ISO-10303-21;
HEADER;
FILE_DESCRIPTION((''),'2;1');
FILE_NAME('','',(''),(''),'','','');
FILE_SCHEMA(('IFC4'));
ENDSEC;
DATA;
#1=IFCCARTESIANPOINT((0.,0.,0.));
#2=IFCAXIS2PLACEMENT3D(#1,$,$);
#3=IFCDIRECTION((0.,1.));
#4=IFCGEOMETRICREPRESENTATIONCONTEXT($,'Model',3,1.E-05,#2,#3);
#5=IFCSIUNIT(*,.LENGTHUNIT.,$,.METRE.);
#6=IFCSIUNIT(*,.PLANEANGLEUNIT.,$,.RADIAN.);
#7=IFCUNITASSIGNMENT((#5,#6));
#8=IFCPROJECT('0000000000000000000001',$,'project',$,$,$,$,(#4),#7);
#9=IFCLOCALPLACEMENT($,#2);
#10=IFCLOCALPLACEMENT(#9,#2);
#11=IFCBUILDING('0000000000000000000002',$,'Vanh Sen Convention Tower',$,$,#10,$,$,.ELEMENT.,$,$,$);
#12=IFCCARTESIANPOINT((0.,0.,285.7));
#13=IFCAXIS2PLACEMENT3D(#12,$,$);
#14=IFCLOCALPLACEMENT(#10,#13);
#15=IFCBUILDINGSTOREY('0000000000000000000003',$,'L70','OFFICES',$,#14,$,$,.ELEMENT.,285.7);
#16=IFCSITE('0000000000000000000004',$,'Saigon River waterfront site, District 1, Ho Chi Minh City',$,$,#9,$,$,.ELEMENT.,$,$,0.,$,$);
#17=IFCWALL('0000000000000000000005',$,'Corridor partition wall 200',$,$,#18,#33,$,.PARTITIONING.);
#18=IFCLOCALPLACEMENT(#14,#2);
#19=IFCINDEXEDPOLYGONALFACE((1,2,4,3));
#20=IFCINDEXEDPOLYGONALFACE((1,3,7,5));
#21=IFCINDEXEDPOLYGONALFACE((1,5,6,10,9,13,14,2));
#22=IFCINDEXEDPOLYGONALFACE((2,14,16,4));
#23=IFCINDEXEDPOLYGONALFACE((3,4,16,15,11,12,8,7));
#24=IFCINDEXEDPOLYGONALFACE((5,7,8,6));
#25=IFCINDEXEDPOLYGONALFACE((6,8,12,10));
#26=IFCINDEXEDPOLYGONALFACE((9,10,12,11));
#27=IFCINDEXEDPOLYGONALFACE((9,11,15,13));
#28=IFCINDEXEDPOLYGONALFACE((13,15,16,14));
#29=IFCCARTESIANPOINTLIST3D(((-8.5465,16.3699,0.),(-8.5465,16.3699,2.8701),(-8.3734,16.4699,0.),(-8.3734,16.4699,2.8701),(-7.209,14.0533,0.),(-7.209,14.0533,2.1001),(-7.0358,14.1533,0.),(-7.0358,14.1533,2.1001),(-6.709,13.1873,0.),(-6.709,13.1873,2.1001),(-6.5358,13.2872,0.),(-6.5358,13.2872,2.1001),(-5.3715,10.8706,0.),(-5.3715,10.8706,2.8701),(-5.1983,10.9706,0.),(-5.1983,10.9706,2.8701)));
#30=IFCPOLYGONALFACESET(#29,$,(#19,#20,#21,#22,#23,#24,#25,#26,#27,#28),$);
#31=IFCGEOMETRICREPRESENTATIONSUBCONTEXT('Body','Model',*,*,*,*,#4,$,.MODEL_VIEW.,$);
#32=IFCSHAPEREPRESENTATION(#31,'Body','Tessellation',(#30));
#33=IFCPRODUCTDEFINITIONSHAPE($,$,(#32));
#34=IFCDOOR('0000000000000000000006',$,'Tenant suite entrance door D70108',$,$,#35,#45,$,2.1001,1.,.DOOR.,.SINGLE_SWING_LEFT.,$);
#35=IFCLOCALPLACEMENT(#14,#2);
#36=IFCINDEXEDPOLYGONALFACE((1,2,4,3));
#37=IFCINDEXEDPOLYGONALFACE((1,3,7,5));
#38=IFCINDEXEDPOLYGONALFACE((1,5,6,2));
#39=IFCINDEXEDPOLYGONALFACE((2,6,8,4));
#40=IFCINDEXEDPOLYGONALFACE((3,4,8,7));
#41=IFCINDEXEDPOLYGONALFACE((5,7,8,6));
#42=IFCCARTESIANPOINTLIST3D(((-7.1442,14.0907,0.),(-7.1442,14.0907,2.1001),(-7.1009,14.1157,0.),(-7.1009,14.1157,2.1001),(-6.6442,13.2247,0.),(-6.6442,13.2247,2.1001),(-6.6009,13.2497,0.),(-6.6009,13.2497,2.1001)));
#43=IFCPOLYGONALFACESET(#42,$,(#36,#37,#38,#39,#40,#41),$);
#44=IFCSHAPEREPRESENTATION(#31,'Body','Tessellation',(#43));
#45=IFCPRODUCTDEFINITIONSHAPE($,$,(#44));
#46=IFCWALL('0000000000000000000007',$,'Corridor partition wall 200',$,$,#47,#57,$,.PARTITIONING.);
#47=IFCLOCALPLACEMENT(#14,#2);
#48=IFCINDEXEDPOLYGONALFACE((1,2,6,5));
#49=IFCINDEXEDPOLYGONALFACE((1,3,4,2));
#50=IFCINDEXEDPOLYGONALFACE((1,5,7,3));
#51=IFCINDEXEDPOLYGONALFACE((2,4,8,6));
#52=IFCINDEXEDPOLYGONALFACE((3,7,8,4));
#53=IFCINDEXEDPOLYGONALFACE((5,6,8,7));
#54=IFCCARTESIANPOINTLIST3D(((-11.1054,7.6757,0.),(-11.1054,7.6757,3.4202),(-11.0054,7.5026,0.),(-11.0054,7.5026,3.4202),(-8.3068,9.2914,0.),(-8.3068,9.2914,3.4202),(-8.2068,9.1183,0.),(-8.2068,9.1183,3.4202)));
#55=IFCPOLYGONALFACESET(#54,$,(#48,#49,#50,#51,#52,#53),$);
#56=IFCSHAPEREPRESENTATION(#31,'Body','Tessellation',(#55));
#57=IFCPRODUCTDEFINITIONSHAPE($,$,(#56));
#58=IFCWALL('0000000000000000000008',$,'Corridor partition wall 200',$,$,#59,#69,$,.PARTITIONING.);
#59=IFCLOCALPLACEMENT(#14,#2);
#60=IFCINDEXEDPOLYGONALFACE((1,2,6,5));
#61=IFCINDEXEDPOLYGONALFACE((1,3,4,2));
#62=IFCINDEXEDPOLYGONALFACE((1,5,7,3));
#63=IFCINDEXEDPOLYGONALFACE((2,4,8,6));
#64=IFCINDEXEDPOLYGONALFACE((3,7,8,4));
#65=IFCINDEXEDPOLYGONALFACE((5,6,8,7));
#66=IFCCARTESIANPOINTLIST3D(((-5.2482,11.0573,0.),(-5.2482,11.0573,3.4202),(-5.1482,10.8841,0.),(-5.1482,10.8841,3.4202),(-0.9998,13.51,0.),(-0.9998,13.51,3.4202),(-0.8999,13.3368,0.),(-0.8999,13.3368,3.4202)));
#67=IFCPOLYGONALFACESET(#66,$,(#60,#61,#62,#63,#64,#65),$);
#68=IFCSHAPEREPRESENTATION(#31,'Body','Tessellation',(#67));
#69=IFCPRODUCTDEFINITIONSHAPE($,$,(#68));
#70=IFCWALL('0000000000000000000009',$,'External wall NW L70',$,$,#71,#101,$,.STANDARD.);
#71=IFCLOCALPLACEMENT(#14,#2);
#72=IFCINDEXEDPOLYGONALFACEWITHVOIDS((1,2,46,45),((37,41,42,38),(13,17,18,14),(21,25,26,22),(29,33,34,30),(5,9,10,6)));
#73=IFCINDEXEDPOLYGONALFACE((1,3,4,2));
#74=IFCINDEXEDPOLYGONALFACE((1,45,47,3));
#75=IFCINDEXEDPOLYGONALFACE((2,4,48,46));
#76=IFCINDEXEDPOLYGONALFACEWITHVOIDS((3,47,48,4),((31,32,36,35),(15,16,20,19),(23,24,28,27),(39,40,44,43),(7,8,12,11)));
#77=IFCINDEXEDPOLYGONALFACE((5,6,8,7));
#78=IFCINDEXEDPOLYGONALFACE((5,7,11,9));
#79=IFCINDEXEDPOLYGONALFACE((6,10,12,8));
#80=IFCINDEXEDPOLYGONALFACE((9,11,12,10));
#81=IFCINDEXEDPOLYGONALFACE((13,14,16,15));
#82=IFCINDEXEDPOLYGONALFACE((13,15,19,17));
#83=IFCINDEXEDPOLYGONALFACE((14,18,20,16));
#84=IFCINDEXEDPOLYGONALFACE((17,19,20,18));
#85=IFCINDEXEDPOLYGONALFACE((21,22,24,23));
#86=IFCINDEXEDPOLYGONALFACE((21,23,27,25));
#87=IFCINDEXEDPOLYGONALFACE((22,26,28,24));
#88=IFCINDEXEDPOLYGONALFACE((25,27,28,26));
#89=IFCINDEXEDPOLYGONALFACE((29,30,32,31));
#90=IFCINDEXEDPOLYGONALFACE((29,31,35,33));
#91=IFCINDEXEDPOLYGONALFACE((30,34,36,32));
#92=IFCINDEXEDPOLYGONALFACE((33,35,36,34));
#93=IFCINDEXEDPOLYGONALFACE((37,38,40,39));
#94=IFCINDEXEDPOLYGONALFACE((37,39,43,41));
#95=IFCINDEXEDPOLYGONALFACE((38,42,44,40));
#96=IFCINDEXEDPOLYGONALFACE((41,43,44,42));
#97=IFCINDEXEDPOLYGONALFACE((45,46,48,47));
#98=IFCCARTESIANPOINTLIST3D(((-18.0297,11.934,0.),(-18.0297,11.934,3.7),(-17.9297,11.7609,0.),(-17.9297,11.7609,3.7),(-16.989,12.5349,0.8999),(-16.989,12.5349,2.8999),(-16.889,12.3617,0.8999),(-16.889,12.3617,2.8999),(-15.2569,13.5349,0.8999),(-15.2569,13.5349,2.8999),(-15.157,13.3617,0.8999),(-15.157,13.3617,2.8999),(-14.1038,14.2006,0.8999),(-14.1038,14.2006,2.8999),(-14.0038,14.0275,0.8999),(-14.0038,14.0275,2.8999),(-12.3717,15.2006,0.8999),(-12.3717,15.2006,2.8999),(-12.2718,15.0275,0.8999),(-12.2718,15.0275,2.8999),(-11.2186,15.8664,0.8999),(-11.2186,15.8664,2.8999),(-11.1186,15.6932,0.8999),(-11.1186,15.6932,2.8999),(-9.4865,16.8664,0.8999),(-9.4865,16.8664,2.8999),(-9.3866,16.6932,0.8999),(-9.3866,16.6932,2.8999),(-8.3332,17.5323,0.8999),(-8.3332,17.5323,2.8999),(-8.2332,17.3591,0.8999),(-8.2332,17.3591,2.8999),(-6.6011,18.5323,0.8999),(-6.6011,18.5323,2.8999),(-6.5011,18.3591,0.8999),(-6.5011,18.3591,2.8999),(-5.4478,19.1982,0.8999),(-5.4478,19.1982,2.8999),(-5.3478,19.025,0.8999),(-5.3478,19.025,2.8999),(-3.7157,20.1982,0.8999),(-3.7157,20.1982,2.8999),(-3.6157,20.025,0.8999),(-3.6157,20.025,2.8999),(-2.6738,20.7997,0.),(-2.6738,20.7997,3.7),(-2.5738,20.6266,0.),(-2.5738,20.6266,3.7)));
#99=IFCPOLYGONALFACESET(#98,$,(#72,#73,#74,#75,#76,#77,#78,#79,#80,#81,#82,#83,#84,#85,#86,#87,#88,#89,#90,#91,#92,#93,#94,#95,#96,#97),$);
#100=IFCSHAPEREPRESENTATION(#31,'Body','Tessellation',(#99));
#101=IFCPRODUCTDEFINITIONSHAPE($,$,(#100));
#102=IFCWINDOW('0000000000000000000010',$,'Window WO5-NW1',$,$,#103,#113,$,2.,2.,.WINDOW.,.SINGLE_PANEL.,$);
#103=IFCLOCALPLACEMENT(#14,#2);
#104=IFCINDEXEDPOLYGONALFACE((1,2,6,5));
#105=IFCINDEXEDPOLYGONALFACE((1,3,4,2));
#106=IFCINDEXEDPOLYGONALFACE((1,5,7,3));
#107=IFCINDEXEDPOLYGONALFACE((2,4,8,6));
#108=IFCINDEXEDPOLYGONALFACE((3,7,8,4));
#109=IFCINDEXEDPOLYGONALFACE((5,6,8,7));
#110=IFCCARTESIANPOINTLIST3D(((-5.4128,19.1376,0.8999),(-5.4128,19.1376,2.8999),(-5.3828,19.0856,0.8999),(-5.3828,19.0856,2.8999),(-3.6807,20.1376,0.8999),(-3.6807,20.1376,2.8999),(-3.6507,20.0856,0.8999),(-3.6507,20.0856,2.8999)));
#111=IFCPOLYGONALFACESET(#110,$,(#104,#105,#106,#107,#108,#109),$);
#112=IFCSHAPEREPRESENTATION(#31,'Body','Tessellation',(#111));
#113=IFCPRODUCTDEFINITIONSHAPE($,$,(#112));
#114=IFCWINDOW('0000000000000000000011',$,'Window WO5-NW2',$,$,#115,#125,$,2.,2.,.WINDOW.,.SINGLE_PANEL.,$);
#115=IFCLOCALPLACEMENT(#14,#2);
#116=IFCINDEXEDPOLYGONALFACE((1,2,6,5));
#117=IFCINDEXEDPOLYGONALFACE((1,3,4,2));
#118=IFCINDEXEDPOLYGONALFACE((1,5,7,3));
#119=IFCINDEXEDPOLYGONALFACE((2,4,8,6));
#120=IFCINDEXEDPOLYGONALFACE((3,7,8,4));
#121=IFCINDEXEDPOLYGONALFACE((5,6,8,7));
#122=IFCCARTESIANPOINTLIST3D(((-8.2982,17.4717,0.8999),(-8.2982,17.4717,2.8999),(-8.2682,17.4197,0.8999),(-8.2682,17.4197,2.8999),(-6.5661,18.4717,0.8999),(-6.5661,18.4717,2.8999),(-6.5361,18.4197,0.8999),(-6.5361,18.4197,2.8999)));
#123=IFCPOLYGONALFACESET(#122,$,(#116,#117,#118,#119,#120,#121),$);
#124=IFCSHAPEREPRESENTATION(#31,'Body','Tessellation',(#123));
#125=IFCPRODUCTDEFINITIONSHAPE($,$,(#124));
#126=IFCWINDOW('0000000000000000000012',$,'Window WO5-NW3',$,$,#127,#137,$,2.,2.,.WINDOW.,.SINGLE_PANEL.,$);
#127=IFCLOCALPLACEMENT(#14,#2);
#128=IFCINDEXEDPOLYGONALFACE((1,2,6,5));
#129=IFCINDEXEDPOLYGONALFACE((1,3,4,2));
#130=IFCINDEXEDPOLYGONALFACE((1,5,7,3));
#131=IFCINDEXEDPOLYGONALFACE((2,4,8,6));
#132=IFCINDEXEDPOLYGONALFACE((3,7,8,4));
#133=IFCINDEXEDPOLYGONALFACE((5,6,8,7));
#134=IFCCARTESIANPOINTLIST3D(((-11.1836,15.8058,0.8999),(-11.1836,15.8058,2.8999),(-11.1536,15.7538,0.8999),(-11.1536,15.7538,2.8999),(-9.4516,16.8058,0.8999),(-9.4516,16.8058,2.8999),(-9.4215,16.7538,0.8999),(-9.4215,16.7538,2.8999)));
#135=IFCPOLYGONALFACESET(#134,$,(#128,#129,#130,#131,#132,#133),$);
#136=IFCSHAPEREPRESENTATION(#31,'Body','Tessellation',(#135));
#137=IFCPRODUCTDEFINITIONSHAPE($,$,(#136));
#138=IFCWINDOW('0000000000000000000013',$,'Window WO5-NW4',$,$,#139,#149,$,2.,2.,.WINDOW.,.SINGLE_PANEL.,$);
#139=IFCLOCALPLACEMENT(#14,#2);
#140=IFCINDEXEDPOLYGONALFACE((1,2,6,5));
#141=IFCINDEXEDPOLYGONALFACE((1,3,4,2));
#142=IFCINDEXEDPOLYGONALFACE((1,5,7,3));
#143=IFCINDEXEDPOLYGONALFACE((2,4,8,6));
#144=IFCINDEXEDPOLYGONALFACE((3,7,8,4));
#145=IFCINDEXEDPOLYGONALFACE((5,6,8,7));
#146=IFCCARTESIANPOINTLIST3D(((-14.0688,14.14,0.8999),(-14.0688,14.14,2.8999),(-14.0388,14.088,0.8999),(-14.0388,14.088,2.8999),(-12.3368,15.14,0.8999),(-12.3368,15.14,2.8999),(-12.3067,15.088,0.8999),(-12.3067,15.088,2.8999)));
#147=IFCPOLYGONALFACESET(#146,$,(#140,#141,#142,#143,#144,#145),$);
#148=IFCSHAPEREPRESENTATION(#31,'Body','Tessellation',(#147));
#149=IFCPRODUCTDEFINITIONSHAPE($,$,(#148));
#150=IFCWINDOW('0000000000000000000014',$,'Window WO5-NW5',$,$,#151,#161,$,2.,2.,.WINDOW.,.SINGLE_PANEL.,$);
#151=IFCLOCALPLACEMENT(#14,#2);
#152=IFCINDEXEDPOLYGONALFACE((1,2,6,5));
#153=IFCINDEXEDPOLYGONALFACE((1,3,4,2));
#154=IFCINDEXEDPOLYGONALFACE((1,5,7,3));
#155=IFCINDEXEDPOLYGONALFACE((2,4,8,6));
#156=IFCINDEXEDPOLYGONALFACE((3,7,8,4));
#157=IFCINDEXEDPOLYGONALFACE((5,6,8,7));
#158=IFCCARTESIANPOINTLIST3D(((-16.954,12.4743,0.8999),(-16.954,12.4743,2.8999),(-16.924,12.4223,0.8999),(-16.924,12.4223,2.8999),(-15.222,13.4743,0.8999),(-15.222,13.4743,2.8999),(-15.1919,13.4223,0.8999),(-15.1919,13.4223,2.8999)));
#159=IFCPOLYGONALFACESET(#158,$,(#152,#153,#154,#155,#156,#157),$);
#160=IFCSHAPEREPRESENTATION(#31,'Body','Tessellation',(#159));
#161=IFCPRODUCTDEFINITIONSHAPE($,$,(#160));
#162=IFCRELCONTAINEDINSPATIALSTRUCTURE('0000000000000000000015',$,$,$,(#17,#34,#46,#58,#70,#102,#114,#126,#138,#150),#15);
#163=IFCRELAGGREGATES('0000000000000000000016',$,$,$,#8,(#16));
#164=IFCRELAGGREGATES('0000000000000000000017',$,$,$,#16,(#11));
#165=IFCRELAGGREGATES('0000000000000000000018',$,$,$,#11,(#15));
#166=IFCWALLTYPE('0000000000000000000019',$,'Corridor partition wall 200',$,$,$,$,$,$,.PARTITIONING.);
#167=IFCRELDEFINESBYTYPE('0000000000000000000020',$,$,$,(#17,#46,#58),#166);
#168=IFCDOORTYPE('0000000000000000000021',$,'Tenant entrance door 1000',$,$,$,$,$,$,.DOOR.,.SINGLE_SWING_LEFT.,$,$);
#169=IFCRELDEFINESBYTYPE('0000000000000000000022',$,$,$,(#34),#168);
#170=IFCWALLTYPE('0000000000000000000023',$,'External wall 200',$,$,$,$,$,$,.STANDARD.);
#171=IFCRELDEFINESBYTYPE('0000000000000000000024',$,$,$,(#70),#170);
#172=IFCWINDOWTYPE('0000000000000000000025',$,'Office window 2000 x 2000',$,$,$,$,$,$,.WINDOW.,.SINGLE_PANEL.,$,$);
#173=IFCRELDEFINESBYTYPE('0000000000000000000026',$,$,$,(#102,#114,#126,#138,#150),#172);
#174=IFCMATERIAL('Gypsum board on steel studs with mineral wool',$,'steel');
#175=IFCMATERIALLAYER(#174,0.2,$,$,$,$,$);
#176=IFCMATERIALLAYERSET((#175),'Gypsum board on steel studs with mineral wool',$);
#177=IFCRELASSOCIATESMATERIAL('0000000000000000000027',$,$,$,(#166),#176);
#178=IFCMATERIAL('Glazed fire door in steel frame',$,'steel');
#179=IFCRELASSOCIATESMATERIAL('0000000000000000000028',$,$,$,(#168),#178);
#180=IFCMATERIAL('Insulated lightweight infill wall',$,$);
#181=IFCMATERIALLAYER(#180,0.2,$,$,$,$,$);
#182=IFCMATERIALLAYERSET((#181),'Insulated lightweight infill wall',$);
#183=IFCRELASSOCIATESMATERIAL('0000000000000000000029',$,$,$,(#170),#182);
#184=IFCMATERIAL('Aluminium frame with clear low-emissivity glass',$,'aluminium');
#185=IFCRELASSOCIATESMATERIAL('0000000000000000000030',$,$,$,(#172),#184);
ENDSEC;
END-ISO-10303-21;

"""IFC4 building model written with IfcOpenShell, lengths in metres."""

from ifc_helpers import new_model, si_unit, direction, frame, frame_2d, origin, place, context, subcontext, project, spatial, rectangle, extrude, material, layer, layer_set, type_object, element, fill, save


model = new_model("IFC4")

# Units and contexts
model_context = context("Model", 3, precision=1e-05, world=origin(), true_north=direction((0.0, 1.0)))
body_context = subcontext(model_context, "Body", "Model", "MODEL_VIEW")
ifc_project = project(units=[si_unit("LENGTHUNIT", "METRE"), si_unit("PLANEANGLEUNIT", "RADIAN")], contexts=[model_context])

# Site, building, storey
site_placement = place(None, origin())
site = spatial("IfcSite", under=ifc_project, at=site_placement, Name="Saigon River waterfront site, District 1, Ho Chi Minh City", CompositionType="ELEMENT", RefElevation=0.0)
building_placement = place(site_placement, origin())
building = spatial("IfcBuilding", under=site, at=building_placement, Name="Vanh Sen Convention Tower", CompositionType="ELEMENT")
storey_placement = place(building_placement, frame((0.0, 0.0, 285.7)))
storey = spatial("IfcBuildingStorey", under=building, at=storey_placement, Name="L70", Description="OFFICES", CompositionType="ELEMENT", Elevation=285.7)

# Wall, opening, door
ifc_material_1 = material(Name="Gypsum board on steel studs with mineral wool", Category="steel")
ifc_layer_1 = layer(ifc_material_1, 0.2)
ifc_layer_set_1 = layer_set([ifc_layer_1], Name="Gypsum board on steel studs with mineral wool")
wall_type_1 = type_object("IfcWallType", Name="Corridor partition wall 200", PredefinedType="PARTITIONING", material=ifc_layer_set_1)
wall_1_placement = place(storey_placement, frame((-8.46, 16.4199, 0.0), z_axis=(0.0, 0.0, 1.0), x_axis=(0.500005, -0.866022, 0.0)))
wall_1 = element("IfcWall", 1, at=wall_1_placement, inside=storey, type_object=wall_type_1, Name="Corridor partition wall 200", PredefinedType="PARTITIONING", context=body_context, shape_type="SweptSolid", body=[
    extrude(rectangle(XDim=6.3501, YDim=0.2, at=frame_2d((3.175, 0.0))), origin(), (0.0, 0.0, 1.0), 2.8701),
])
opening_1_placement = place(wall_1_placement, frame((2.675, 0.0, 0.0)))
opening_1 = element("IfcOpeningElement", 2, at=opening_1_placement, cuts=wall_1, PredefinedType="OPENING", context=body_context, shape_type="SweptSolid", body=[
    extrude(rectangle(XDim=1.0, YDim=2.1001, at=frame_2d((0.5, 1.05))), frame((0.0, 0.1099, 0.0), z_axis=(0.0, -1.0, 0.0), x_axis=(1.0, 0.0, 0.0)), (0.0, 0.0, 1.0), 0.22),
])
ifc_material_2 = material(Name="Glazed fire door in steel frame", Category="steel")
door_type = type_object("IfcDoorType", Name="Tenant entrance door 1000", OperationType="SINGLE_SWING_LEFT", PredefinedType="DOOR", material=ifc_material_2)
door_placement = place(opening_1_placement, origin())
door = element("IfcDoor", 3, at=door_placement, inside=storey, type_object=door_type, Name="Tenant suite entrance door D70108", OperationType="SINGLE_SWING_LEFT", OverallHeight=2.1001, OverallWidth=1.0, PredefinedType="DOOR", context=body_context, shape_type="SweptSolid", body=[
    extrude(rectangle(XDim=1.0, YDim=2.1001, at=frame_2d((0.5, 1.05))), frame((0.0, 0.0249, 0.0), z_axis=(0.0, -1.0, 0.0), x_axis=(1.0, 0.0, 0.0)), (0.0, 0.0, 1.0), 0.05),
])
fill(opening_1, door)

# Walls
wall_2_placement = place(storey_placement, frame((-8.2568, 9.2048, 0.0), z_axis=(0.0, 0.0, 1.0), x_axis=(-0.866031, -0.499991, 0.0)))
element("IfcWall", 4, at=wall_2_placement, inside=storey, type_object=wall_type_1, Name="Corridor partition wall 200", PredefinedType="PARTITIONING", context=body_context, shape_type="SweptSolid", body=[
    extrude(rectangle(XDim=3.2314, YDim=0.2, at=frame_2d((1.6157, 0.0))), origin(), (0.0, 0.0, 1.0), 3.4202),
])
wall_3_placement = place(storey_placement, frame((-0.95, 13.4233, 0.0), z_axis=(0.0, 0.0, 1.0), x_axis=(-0.866036, -0.499982, 0.0)))
element("IfcWall", 5, at=wall_3_placement, inside=storey, type_object=wall_type_1, Name="Corridor partition wall 200", PredefinedType="PARTITIONING", context=body_context, shape_type="SweptSolid", body=[
    extrude(rectangle(XDim=4.9055, YDim=0.2, at=frame_2d((2.4526, 0.0))), origin(), (0.0, 0.0, 1.0), 3.4202),
])

# Wall, openings, windows
ifc_material_3 = material(Name="Insulated lightweight infill wall")
ifc_layer_2 = layer(ifc_material_3, 0.2)
ifc_layer_set_2 = layer_set([ifc_layer_2], Name="Insulated lightweight infill wall")
wall_type_2 = type_object("IfcWallType", Name="External wall 200", PredefinedType="STANDARD", material=ifc_layer_set_2)
wall_4_placement = place(storey_placement, frame((-2.6238, 20.7131, 0.0), z_axis=(0.0, 0.0, 1.0), x_axis=(-0.866026, -0.499998, 0.0)))
wall_4 = element("IfcWall", 6, at=wall_4_placement, inside=storey, type_object=wall_type_2, Name="External wall NW L70", PredefinedType="STANDARD", context=body_context, shape_type="SweptSolid", body=[
    extrude(rectangle(XDim=17.7314, YDim=0.2, at=frame_2d((8.8657, 0.0))), origin(), (0.0, 0.0, 1.0), 3.7),
])
opening_2_placement = place(wall_4_placement, frame((1.2031, 0.0, 0.8999)))
opening_2 = element("IfcOpeningElement", 7, at=opening_2_placement, cuts=wall_4, PredefinedType="OPENING", context=body_context, shape_type="SweptSolid", body=[
    extrude(rectangle(XDim=2.0, YDim=2.0, at=frame_2d((1.0, 1.0))), frame((0.0, 0.1099, 0.0), z_axis=(0.0, -1.0, 0.0), x_axis=(1.0, 0.0, 0.0)), (0.0, 0.0, 1.0), 0.22),
])
opening_3_placement = place(wall_4_placement, frame((4.5349, 0.0, 0.8999)))
opening_3 = element("IfcOpeningElement", 8, at=opening_3_placement, cuts=wall_4, PredefinedType="OPENING", context=body_context, shape_type="SweptSolid", body=[
    extrude(rectangle(XDim=2.0, YDim=2.0, at=frame_2d((1.0, 1.0))), frame((0.0, 0.1099, 0.0), z_axis=(0.0, -1.0, 0.0), x_axis=(1.0, 0.0, 0.0)), (0.0, 0.0, 1.0), 0.22),
])
opening_4_placement = place(wall_4_placement, frame((7.8667, 0.0, 0.8999)))
opening_4 = element("IfcOpeningElement", 9, at=opening_4_placement, cuts=wall_4, PredefinedType="OPENING", context=body_context, shape_type="SweptSolid", body=[
    extrude(rectangle(XDim=2.0, YDim=2.0, at=frame_2d((1.0, 1.0))), frame((0.0, 0.1099, 0.0), z_axis=(0.0, -1.0, 0.0), x_axis=(1.0, 0.0, 0.0)), (0.0, 0.0, 1.0), 0.22),
])
opening_5_placement = place(wall_4_placement, frame((11.1982, 0.0, 0.8999)))
opening_5 = element("IfcOpeningElement", 10, at=opening_5_placement, cuts=wall_4, PredefinedType="OPENING", context=body_context, shape_type="SweptSolid", body=[
    extrude(rectangle(XDim=2.0, YDim=2.0, at=frame_2d((1.0, 1.0))), frame((0.0, 0.1099, 0.0), z_axis=(0.0, -1.0, 0.0), x_axis=(1.0, 0.0, 0.0)), (0.0, 0.0, 1.0), 0.22),
])
opening_6_placement = place(wall_4_placement, frame((14.5298, 0.0, 0.8999)))
opening_6 = element("IfcOpeningElement", 11, at=opening_6_placement, cuts=wall_4, PredefinedType="OPENING", context=body_context, shape_type="SweptSolid", body=[
    extrude(rectangle(XDim=2.0, YDim=2.0, at=frame_2d((1.0, 1.0))), frame((0.0, 0.1099, 0.0), z_axis=(0.0, -1.0, 0.0), x_axis=(1.0, 0.0, 0.0)), (0.0, 0.0, 1.0), 0.22),
])
ifc_material_4 = material(Name="Aluminium frame with clear low-emissivity glass", Category="aluminium")
window_type = type_object("IfcWindowType", Name="Office window 2000 x 2000", PartitioningType="SINGLE_PANEL", PredefinedType="WINDOW", material=ifc_material_4)
window_1_placement = place(opening_2_placement, origin())
window_1 = element("IfcWindow", 12, at=window_1_placement, inside=storey, type_object=window_type, Name="Window WO5-NW1", OverallHeight=2.0, OverallWidth=2.0, PartitioningType="SINGLE_PANEL", PredefinedType="WINDOW", context=body_context, shape_type="SweptSolid", body=[
    extrude(rectangle(XDim=2.0, YDim=2.0, at=frame_2d((1.0, 1.0))), frame((0.0, 0.03, 0.0), z_axis=(0.0, -1.0, 0.0), x_axis=(1.0, 0.0, 0.0)), (0.0, 0.0, 1.0), 0.0601),
])
fill(opening_2, window_1)
window_2_placement = place(opening_3_placement, origin())
window_2 = element("IfcWindow", 13, at=window_2_placement, inside=storey, type_object=window_type, Name="Window WO5-NW2", OverallHeight=2.0, OverallWidth=2.0, PartitioningType="SINGLE_PANEL", PredefinedType="WINDOW", context=body_context, shape_type="SweptSolid", body=[
    extrude(rectangle(XDim=2.0, YDim=2.0, at=frame_2d((1.0, 1.0))), frame((0.0, 0.03, 0.0), z_axis=(0.0, -1.0, 0.0), x_axis=(1.0, 0.0, 0.0)), (0.0, 0.0, 1.0), 0.0601),
])
fill(opening_3, window_2)
window_3_placement = place(opening_4_placement, origin())
window_3 = element("IfcWindow", 14, at=window_3_placement, inside=storey, type_object=window_type, Name="Window WO5-NW3", OverallHeight=2.0, OverallWidth=2.0, PartitioningType="SINGLE_PANEL", PredefinedType="WINDOW", context=body_context, shape_type="SweptSolid", body=[
    extrude(rectangle(XDim=2.0, YDim=2.0, at=frame_2d((1.0, 1.0))), frame((0.0, 0.03, 0.0), z_axis=(0.0, -1.0, 0.0), x_axis=(1.0, 0.0, 0.0)), (0.0, 0.0, 1.0), 0.0601),
])
fill(opening_4, window_3)
window_4_placement = place(opening_5_placement, origin())
window_4 = element("IfcWindow", 15, at=window_4_placement, inside=storey, type_object=window_type, Name="Window WO5-NW4", OverallHeight=2.0, OverallWidth=2.0, PartitioningType="SINGLE_PANEL", PredefinedType="WINDOW", context=body_context, shape_type="SweptSolid", body=[
    extrude(rectangle(XDim=2.0, YDim=2.0, at=frame_2d((1.0, 1.0))), frame((0.0, 0.03, 0.0), z_axis=(0.0, -1.0, 0.0), x_axis=(1.0, 0.0, 0.0)), (0.0, 0.0, 1.0), 0.0601),
])
fill(opening_5, window_4)
window_5_placement = place(opening_6_placement, origin())
window_5 = element("IfcWindow", 16, at=window_5_placement, inside=storey, type_object=window_type, Name="Window WO5-NW5", OverallHeight=2.0, OverallWidth=2.0, PartitioningType="SINGLE_PANEL", PredefinedType="WINDOW", context=body_context, shape_type="SweptSolid", body=[
    extrude(rectangle(XDim=2.0, YDim=2.0, at=frame_2d((1.0, 1.0))), frame((0.0, 0.03, 0.0), z_axis=(0.0, -1.0, 0.0), x_axis=(1.0, 0.0, 0.0)), (0.0, 0.0, 1.0), 0.0601),
])
fill(opening_6, window_5)

save(model, "model.ifc")
